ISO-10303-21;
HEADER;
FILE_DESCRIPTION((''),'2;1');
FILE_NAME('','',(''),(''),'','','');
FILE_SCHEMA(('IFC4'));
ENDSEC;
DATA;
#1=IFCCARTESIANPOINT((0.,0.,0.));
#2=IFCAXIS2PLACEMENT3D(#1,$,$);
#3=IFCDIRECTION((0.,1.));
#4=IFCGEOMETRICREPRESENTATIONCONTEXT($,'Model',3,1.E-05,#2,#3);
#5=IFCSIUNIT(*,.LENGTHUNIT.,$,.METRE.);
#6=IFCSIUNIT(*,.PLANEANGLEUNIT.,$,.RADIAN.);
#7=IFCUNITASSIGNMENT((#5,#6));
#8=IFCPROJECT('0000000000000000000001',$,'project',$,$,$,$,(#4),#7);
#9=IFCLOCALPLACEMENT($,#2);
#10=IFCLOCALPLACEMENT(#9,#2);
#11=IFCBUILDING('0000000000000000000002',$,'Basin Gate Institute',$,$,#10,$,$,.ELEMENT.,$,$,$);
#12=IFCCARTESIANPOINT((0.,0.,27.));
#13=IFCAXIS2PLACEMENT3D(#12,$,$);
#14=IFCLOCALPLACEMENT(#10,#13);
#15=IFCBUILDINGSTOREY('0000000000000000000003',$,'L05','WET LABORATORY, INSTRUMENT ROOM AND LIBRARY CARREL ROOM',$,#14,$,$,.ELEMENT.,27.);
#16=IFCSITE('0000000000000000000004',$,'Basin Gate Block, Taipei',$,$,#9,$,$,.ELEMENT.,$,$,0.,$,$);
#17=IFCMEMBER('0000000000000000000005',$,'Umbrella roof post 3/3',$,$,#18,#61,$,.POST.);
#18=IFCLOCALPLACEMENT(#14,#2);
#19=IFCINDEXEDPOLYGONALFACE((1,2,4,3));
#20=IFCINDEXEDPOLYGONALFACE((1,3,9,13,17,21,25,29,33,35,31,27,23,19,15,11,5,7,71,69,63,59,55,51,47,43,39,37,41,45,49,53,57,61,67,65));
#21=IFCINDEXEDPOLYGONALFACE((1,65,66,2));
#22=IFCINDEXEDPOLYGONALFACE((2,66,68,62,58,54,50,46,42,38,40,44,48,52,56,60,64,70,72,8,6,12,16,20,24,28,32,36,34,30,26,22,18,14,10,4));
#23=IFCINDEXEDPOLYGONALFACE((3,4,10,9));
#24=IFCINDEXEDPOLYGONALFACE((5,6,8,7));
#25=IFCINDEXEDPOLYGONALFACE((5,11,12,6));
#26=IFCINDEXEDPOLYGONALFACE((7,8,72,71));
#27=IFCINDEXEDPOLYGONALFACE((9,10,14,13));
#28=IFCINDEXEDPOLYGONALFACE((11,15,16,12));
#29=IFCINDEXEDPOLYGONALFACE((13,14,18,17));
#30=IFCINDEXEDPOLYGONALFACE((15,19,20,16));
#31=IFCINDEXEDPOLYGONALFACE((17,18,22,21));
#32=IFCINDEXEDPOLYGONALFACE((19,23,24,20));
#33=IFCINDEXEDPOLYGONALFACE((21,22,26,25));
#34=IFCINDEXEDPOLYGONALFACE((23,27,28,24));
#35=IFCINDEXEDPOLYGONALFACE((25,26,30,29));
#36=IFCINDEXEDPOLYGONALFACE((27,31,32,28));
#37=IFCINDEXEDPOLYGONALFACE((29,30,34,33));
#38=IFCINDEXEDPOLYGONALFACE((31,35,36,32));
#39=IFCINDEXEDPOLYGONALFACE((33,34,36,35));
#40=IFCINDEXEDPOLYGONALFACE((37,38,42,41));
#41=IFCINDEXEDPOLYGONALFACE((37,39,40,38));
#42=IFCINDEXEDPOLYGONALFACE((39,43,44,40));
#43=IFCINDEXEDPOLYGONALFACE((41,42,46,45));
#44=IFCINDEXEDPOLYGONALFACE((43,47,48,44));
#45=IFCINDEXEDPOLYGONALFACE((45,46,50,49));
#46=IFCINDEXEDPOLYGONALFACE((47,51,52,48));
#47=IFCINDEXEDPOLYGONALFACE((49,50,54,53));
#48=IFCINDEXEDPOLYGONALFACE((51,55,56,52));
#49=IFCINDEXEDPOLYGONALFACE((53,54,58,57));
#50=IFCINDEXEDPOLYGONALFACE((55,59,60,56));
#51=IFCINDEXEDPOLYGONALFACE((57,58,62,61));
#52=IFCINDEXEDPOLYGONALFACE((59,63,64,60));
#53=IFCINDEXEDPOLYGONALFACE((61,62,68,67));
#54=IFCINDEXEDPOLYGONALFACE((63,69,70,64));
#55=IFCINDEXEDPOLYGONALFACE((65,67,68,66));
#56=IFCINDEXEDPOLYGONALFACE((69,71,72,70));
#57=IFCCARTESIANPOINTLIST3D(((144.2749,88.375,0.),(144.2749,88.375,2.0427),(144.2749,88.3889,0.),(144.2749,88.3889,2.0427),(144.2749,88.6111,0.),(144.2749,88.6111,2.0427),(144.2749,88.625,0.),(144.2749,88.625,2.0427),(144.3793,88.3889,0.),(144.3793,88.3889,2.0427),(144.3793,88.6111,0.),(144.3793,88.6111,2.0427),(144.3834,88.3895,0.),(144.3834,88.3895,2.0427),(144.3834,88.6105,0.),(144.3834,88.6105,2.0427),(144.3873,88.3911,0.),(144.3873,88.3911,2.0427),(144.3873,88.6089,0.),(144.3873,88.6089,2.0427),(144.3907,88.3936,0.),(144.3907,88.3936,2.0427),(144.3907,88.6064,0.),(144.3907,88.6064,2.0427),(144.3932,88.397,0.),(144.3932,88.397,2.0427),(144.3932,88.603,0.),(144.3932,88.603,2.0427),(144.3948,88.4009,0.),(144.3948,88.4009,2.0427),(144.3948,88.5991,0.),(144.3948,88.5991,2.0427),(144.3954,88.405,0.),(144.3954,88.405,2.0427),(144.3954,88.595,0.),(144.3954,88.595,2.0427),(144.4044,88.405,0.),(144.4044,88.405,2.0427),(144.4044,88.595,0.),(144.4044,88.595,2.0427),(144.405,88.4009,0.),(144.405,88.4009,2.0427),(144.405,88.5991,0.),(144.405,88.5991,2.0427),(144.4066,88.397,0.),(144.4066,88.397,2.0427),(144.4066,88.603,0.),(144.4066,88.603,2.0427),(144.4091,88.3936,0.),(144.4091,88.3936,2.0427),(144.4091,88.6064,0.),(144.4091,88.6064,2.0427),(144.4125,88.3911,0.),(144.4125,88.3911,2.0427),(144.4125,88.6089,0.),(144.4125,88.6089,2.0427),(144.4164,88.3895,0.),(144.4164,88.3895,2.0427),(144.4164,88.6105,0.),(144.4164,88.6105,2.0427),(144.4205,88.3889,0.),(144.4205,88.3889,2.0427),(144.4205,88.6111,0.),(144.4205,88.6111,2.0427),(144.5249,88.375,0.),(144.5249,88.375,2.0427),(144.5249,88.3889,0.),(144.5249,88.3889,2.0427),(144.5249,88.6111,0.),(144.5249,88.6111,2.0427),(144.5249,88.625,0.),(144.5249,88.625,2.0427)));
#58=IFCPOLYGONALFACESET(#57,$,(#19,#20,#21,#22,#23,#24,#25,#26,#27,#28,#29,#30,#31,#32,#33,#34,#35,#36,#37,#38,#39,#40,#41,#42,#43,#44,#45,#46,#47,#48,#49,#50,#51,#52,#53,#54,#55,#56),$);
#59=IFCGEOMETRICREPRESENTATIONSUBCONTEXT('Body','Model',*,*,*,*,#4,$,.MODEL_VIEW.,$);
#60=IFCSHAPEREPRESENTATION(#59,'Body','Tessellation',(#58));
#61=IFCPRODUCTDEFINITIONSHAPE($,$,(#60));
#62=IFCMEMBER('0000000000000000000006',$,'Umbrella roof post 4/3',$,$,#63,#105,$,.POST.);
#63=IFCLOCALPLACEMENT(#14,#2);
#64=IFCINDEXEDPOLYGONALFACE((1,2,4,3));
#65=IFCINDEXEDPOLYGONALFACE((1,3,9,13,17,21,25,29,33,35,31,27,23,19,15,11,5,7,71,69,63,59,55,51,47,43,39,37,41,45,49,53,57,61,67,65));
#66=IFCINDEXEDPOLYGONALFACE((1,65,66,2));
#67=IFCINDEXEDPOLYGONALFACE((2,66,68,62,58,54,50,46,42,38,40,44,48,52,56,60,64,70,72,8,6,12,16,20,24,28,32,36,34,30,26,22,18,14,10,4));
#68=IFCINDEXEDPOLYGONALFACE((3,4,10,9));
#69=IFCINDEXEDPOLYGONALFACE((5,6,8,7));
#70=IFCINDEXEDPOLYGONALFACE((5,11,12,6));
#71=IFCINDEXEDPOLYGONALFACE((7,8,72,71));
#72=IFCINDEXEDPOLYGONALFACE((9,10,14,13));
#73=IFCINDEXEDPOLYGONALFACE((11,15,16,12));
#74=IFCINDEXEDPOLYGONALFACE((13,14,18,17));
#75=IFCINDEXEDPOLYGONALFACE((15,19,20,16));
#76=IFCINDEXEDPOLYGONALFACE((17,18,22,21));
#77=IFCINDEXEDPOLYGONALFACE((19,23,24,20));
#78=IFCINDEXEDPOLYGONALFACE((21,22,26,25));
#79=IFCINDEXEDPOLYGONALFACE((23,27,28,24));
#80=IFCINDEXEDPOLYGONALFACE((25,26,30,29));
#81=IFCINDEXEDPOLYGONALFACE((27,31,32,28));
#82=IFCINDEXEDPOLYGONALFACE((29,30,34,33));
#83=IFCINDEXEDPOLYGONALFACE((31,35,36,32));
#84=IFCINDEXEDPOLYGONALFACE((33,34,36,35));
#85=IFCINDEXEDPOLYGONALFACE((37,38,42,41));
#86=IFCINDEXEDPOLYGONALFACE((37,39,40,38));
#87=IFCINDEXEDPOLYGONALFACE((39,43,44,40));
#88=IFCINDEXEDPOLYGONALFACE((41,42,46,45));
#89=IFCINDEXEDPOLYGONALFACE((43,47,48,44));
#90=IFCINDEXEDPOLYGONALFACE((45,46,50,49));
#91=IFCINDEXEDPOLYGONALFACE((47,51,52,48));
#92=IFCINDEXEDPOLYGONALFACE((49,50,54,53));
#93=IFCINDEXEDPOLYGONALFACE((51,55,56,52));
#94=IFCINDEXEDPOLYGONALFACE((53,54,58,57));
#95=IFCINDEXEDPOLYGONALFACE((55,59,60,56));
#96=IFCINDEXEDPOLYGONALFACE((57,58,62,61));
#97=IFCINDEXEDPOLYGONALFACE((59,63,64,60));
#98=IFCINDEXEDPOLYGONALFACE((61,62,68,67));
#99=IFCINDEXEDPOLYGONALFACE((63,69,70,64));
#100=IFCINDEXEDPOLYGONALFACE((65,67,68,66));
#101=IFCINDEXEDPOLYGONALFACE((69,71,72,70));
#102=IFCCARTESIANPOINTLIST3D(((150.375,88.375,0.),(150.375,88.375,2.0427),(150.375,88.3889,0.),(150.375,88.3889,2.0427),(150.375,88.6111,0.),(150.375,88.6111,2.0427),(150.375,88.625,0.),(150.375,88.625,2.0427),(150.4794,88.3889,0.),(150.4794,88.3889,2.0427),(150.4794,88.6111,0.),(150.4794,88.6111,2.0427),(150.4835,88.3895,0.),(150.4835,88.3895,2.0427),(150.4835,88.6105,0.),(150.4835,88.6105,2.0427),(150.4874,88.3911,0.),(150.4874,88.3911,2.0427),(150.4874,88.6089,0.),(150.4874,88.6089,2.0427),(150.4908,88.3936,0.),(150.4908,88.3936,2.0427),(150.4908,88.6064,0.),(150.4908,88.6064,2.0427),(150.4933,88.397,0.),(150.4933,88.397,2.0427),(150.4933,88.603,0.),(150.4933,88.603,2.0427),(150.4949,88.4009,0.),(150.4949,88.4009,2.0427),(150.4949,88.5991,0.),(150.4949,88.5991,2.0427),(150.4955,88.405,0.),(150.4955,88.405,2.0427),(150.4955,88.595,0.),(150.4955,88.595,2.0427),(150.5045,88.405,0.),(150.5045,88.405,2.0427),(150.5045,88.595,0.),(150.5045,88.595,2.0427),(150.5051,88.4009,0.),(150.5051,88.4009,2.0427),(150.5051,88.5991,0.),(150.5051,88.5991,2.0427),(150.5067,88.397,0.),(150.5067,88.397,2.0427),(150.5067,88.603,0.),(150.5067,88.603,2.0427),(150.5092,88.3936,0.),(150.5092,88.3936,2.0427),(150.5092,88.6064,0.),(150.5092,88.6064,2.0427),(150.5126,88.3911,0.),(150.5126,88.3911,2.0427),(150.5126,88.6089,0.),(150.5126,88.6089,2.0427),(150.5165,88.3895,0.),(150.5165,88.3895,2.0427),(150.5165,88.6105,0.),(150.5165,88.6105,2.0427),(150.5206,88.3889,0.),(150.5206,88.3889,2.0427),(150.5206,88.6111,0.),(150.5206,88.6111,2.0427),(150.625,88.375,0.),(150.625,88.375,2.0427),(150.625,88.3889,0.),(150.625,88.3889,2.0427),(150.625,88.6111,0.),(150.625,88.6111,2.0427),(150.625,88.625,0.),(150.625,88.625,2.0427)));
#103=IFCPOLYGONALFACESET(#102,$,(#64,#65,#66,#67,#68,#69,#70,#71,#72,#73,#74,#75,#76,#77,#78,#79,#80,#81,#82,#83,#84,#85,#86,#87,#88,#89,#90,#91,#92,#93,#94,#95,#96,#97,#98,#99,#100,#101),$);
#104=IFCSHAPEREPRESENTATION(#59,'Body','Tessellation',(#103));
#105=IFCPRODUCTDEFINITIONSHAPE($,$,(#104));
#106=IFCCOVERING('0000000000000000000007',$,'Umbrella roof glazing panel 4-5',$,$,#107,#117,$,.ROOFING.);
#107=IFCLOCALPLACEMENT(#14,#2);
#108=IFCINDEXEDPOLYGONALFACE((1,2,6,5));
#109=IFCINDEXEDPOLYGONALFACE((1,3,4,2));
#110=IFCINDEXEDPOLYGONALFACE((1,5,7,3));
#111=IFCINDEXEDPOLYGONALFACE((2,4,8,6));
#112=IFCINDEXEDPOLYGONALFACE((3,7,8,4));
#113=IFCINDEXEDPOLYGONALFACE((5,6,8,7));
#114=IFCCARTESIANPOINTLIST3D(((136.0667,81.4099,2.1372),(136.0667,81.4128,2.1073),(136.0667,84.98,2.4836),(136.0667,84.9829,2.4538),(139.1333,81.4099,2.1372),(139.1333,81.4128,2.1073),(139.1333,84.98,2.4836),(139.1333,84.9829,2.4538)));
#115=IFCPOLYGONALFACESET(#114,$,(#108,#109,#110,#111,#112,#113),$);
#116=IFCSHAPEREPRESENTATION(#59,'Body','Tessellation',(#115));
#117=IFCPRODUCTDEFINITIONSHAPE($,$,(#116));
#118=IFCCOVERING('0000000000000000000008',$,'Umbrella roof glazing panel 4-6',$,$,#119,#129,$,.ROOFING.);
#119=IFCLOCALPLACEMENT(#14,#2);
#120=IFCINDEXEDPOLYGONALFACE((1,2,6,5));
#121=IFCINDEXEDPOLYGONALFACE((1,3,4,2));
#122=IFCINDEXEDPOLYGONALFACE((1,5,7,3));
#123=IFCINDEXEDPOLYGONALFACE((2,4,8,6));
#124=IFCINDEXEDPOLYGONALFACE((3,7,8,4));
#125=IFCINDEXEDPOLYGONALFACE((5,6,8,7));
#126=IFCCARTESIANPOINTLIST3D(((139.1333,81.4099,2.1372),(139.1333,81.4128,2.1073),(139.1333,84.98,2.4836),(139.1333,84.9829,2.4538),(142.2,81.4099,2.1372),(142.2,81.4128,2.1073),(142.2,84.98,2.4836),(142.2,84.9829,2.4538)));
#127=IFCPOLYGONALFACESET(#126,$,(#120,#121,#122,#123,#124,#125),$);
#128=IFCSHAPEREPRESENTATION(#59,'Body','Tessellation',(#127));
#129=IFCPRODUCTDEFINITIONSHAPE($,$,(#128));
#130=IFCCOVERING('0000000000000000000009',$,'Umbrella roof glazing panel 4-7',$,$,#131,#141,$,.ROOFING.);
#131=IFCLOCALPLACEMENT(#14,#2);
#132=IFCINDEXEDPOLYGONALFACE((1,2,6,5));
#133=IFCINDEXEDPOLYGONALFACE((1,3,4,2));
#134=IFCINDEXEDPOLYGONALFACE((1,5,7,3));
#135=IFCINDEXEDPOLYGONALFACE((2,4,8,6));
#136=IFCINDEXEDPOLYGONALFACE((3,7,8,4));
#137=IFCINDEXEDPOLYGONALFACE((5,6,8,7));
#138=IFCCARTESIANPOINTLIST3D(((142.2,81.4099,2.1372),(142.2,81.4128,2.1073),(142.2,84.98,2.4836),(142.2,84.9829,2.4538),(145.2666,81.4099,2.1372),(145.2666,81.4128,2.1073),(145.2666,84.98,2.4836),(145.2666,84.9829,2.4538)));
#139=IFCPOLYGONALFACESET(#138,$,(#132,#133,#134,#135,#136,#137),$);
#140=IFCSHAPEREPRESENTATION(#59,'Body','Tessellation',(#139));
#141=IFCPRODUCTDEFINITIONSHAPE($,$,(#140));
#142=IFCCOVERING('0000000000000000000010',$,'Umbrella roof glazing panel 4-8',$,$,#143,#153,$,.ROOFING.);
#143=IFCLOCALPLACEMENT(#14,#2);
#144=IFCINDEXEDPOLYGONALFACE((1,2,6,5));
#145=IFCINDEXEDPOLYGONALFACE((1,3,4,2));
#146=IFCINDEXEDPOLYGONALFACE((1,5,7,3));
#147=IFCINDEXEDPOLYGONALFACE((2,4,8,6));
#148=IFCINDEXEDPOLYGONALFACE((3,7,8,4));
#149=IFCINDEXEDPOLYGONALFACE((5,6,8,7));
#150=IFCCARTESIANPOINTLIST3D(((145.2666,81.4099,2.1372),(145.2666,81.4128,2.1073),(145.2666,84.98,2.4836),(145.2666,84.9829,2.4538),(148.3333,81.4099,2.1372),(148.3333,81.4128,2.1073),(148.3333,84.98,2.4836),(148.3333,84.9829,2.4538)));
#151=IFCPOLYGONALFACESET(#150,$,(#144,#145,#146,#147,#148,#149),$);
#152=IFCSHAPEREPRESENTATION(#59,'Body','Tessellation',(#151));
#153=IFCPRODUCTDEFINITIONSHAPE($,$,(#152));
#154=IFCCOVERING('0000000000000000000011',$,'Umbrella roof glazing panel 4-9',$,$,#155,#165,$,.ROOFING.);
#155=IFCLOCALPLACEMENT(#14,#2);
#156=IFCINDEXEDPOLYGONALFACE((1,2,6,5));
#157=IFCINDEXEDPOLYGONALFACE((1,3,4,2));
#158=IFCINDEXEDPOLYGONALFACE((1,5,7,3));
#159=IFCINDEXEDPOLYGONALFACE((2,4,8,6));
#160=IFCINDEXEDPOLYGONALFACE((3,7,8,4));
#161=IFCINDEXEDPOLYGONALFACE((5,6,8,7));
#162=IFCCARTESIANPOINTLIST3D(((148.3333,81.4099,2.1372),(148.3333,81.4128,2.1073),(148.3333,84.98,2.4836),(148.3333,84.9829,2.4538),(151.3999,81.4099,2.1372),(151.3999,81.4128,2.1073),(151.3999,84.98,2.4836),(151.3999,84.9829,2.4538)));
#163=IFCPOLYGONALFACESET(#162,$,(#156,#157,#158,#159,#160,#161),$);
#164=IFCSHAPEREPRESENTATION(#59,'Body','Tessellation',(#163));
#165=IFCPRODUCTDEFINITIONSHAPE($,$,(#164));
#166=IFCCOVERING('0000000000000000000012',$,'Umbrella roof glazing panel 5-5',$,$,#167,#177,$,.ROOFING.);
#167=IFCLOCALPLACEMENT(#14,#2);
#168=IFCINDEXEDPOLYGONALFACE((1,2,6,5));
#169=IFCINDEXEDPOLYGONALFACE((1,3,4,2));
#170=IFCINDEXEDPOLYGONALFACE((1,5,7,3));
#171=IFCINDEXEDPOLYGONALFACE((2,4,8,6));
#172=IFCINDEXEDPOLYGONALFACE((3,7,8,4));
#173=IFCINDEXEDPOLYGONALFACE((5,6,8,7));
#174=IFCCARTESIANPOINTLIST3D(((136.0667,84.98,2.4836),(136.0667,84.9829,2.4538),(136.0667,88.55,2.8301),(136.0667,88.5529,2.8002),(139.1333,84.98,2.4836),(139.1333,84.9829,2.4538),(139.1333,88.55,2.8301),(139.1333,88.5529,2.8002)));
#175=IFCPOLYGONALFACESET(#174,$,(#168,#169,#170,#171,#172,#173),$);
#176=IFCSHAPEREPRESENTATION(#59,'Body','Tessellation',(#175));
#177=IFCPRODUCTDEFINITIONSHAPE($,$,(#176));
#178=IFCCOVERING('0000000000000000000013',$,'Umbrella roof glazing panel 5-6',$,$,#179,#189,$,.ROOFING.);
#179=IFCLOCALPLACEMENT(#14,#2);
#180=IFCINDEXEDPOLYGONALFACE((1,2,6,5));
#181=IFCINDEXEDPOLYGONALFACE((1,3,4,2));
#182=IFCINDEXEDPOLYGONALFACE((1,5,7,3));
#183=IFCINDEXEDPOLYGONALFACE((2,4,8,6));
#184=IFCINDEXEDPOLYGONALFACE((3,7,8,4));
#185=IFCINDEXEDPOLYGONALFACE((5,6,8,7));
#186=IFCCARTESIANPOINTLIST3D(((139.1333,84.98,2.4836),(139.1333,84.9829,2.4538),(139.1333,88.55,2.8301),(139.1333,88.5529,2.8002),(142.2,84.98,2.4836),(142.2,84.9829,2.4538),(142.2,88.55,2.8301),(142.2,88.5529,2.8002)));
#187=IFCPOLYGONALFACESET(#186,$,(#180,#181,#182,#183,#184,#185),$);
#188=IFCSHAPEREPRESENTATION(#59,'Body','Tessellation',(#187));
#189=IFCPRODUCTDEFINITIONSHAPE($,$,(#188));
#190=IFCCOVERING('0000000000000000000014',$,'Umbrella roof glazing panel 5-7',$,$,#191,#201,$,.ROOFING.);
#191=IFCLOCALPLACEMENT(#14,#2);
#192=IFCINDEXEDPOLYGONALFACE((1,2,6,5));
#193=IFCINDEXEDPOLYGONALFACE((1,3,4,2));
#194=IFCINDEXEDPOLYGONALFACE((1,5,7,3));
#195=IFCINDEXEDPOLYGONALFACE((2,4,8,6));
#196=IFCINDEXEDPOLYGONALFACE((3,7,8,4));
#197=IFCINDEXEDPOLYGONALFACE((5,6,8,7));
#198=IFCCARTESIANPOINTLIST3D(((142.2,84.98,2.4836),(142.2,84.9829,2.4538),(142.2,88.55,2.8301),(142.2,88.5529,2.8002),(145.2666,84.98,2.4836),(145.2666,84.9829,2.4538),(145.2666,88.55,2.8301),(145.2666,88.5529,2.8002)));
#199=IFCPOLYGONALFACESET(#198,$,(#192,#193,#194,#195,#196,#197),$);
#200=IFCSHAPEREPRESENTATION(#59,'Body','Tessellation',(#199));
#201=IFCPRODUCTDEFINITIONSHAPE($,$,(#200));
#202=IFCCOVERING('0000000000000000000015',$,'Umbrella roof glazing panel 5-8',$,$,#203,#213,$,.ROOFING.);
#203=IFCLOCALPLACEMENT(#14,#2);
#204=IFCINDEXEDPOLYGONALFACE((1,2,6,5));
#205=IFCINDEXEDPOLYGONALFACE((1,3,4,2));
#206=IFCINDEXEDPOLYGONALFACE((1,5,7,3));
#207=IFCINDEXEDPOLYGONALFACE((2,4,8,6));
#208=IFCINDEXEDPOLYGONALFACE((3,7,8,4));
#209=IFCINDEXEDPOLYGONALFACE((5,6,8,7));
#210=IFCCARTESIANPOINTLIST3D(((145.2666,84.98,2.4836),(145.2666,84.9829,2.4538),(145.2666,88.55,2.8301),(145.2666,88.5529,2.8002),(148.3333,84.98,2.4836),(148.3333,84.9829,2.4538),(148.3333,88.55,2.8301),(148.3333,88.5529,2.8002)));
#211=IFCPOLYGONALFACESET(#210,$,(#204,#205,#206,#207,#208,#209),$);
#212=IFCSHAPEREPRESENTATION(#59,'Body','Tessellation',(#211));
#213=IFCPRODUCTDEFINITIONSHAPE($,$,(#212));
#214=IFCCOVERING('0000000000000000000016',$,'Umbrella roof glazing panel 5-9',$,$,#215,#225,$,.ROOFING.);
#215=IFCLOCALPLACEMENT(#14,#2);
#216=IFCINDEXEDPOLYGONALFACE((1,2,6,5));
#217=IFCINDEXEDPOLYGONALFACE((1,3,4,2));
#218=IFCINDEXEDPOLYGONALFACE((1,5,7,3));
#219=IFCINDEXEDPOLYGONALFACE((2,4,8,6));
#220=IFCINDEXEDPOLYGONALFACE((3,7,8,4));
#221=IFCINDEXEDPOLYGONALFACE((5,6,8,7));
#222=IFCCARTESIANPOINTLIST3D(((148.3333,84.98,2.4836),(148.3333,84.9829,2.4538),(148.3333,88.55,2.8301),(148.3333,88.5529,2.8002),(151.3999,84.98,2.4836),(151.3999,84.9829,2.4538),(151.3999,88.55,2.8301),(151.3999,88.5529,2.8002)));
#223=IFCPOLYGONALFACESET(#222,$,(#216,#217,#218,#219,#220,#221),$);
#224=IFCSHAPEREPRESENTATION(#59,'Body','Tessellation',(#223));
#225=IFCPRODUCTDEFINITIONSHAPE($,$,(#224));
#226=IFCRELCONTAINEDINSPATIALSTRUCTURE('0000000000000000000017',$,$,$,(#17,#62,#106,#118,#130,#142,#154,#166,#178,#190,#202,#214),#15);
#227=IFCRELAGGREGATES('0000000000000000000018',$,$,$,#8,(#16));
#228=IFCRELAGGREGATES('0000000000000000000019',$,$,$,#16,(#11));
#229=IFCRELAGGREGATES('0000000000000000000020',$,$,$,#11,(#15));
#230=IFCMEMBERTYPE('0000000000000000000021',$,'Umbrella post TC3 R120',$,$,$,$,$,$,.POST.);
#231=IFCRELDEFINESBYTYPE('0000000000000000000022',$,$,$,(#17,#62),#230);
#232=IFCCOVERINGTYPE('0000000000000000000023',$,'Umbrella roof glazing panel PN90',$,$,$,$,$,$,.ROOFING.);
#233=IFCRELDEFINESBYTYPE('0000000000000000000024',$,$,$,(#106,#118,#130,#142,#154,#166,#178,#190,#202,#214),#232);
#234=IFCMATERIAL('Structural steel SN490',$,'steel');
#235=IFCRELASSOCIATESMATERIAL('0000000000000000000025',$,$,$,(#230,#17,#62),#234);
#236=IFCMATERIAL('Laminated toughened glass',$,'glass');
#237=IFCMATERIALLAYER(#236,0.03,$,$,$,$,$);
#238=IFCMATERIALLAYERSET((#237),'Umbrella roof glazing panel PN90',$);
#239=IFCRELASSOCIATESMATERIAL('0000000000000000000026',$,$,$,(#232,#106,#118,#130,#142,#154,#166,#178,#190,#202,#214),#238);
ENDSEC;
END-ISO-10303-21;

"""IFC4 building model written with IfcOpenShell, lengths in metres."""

from ifc_helpers import new_model, si_unit, direction, frame, origin, origin_2d, place, context, subcontext, project, spatial, polyline, i_section, outline, extrude, material, layer, layer_set, material_profile, profile_set, type_object, element, save


model = new_model("IFC4")

# Units and contexts
model_context = context("Model", 3, precision=1e-05, world=origin(), true_north=direction((0.0, 1.0)))
body_context = subcontext(model_context, "Body", "Model", "MODEL_VIEW")
ifc_project = project(units=[si_unit("LENGTHUNIT", "METRE"), si_unit("PLANEANGLEUNIT", "RADIAN")], contexts=[model_context])

# Site, building, storey
site_placement = place(None, origin())
site = spatial("IfcSite", under=ifc_project, at=site_placement, Name="Basin Gate Block, Taipei", CompositionType="ELEMENT", RefElevation=0.0)
building_placement = place(site_placement, origin())
building = spatial("IfcBuilding", under=site, at=building_placement, Name="Basin Gate Institute", CompositionType="ELEMENT")
storey_placement = place(building_placement, frame((0.0, 0.0, 27.0)))
storey = spatial("IfcBuildingStorey", under=building, at=storey_placement, Name="L05", Description="WET LABORATORY, INSTRUMENT ROOM AND LIBRARY CARREL ROOM", CompositionType="ELEMENT", Elevation=27.0)

# Members
ifc_material_1 = material(Name="Structural steel SN490", Category="steel")
ifc_material_profile = material_profile(ifc_material_1, i_section(OverallWidth=0.25, OverallDepth=0.25, WebThickness=0.009, FlangeThickness=0.0139, FilletRadius=0.0161, at=origin_2d()), Name="H250x250")
ifc_profile_set = profile_set([ifc_material_profile], Name="Structural steel SN490")
member_type = type_object("IfcMemberType", Name="Umbrella post TC3 R120", PredefinedType="POST", material=ifc_profile_set)
for number, where, z_axis, x_axis, name in (
    (1, (144.3999, 88.5, 0.0), (0.0, 0.0, 1.0), (1.0, 0.0, 0.0), "Umbrella roof post 3/3"),
    (2, (150.5, 88.5, 0.0), (0.0, 0.0, 1.0), (1.0, 0.0, 0.0), "Umbrella roof post 4/3"),
):
    element("IfcMember", number, at=place(storey_placement, frame(where, z_axis=z_axis, x_axis=x_axis)), inside=storey, type_object=member_type, material=ifc_profile_set, Name=name, PredefinedType="POST", context=body_context, shape_type="SweptSolid", body=[
        extrude(i_section(OverallWidth=0.25, OverallDepth=0.25, WebThickness=0.009, FlangeThickness=0.0139, FilletRadius=0.0161, at=origin_2d()), origin(), (0.0, 0.0, 1.0), 2.0427),
    ])

# Coverings
ifc_material_2 = material(Name="Laminated toughened glass", Category="glass")
ifc_layer = layer(ifc_material_2, 0.03)
ifc_layer_set = layer_set([ifc_layer], Name="Umbrella roof glazing panel PN90")
covering_type = type_object("IfcCoveringType", Name="Umbrella roof glazing panel PN90", PredefinedType="ROOFING", material=ifc_layer_set)
for number, where, z_axis, x_axis, name in (
    (3, (136.0667, 81.4099, 2.1372), (0.0, -0.096585, 0.995325), (1.0, 0.0, 0.0), "Umbrella roof glazing panel 4-5"),
    (4, (139.1333, 81.4099, 2.1372), (0.0, -0.096585, 0.995325), (1.0, 0.0, 0.0), "Umbrella roof glazing panel 4-6"),
    (5, (142.2, 81.4099, 2.1372), (0.0, -0.096585, 0.995325), (1.0, 0.0, 0.0), "Umbrella roof glazing panel 4-7"),
    (6, (145.2666, 81.4099, 2.1372), (0.0, -0.096585, 0.995325), (1.0, 0.0, 0.0), "Umbrella roof glazing panel 4-8"),
    (7, (148.3333, 81.4099, 2.1372), (0.0, -0.096585, 0.995325), (1.0, 0.0, 0.0), "Umbrella roof glazing panel 4-9"),
    (8, (136.0667, 84.98, 2.4836), (0.0, -0.096585, 0.995325), (1.0, 0.0, 0.0), "Umbrella roof glazing panel 5-5"),
    (9, (139.1333, 84.98, 2.4836), (0.0, -0.096585, 0.995325), (1.0, 0.0, 0.0), "Umbrella roof glazing panel 5-6"),
    (10, (142.2, 84.98, 2.4836), (0.0, -0.096585, 0.995325), (1.0, 0.0, 0.0), "Umbrella roof glazing panel 5-7"),
    (11, (145.2666, 84.98, 2.4836), (0.0, -0.096585, 0.995325), (1.0, 0.0, 0.0), "Umbrella roof glazing panel 5-8"),
    (12, (148.3333, 84.98, 2.4836), (0.0, -0.096585, 0.995325), (1.0, 0.0, 0.0), "Umbrella roof glazing panel 5-9"),
):
    element("IfcCovering", number, at=place(storey_placement, frame(where, z_axis=z_axis, x_axis=x_axis)), inside=storey, type_object=covering_type, material=ifc_layer_set, Name=name, PredefinedType="ROOFING", context=body_context, shape_type="SweptSolid", body=[
        extrude(outline(polyline([(0.0, 0.0), (3.0667, 0.0), (3.0667, 3.5868), (0.0, 3.5868), (0.0, 0.0)])), origin(), (0.0, 0.0, -1.0), 0.03),
    ])

save(model, "model.ifc")
